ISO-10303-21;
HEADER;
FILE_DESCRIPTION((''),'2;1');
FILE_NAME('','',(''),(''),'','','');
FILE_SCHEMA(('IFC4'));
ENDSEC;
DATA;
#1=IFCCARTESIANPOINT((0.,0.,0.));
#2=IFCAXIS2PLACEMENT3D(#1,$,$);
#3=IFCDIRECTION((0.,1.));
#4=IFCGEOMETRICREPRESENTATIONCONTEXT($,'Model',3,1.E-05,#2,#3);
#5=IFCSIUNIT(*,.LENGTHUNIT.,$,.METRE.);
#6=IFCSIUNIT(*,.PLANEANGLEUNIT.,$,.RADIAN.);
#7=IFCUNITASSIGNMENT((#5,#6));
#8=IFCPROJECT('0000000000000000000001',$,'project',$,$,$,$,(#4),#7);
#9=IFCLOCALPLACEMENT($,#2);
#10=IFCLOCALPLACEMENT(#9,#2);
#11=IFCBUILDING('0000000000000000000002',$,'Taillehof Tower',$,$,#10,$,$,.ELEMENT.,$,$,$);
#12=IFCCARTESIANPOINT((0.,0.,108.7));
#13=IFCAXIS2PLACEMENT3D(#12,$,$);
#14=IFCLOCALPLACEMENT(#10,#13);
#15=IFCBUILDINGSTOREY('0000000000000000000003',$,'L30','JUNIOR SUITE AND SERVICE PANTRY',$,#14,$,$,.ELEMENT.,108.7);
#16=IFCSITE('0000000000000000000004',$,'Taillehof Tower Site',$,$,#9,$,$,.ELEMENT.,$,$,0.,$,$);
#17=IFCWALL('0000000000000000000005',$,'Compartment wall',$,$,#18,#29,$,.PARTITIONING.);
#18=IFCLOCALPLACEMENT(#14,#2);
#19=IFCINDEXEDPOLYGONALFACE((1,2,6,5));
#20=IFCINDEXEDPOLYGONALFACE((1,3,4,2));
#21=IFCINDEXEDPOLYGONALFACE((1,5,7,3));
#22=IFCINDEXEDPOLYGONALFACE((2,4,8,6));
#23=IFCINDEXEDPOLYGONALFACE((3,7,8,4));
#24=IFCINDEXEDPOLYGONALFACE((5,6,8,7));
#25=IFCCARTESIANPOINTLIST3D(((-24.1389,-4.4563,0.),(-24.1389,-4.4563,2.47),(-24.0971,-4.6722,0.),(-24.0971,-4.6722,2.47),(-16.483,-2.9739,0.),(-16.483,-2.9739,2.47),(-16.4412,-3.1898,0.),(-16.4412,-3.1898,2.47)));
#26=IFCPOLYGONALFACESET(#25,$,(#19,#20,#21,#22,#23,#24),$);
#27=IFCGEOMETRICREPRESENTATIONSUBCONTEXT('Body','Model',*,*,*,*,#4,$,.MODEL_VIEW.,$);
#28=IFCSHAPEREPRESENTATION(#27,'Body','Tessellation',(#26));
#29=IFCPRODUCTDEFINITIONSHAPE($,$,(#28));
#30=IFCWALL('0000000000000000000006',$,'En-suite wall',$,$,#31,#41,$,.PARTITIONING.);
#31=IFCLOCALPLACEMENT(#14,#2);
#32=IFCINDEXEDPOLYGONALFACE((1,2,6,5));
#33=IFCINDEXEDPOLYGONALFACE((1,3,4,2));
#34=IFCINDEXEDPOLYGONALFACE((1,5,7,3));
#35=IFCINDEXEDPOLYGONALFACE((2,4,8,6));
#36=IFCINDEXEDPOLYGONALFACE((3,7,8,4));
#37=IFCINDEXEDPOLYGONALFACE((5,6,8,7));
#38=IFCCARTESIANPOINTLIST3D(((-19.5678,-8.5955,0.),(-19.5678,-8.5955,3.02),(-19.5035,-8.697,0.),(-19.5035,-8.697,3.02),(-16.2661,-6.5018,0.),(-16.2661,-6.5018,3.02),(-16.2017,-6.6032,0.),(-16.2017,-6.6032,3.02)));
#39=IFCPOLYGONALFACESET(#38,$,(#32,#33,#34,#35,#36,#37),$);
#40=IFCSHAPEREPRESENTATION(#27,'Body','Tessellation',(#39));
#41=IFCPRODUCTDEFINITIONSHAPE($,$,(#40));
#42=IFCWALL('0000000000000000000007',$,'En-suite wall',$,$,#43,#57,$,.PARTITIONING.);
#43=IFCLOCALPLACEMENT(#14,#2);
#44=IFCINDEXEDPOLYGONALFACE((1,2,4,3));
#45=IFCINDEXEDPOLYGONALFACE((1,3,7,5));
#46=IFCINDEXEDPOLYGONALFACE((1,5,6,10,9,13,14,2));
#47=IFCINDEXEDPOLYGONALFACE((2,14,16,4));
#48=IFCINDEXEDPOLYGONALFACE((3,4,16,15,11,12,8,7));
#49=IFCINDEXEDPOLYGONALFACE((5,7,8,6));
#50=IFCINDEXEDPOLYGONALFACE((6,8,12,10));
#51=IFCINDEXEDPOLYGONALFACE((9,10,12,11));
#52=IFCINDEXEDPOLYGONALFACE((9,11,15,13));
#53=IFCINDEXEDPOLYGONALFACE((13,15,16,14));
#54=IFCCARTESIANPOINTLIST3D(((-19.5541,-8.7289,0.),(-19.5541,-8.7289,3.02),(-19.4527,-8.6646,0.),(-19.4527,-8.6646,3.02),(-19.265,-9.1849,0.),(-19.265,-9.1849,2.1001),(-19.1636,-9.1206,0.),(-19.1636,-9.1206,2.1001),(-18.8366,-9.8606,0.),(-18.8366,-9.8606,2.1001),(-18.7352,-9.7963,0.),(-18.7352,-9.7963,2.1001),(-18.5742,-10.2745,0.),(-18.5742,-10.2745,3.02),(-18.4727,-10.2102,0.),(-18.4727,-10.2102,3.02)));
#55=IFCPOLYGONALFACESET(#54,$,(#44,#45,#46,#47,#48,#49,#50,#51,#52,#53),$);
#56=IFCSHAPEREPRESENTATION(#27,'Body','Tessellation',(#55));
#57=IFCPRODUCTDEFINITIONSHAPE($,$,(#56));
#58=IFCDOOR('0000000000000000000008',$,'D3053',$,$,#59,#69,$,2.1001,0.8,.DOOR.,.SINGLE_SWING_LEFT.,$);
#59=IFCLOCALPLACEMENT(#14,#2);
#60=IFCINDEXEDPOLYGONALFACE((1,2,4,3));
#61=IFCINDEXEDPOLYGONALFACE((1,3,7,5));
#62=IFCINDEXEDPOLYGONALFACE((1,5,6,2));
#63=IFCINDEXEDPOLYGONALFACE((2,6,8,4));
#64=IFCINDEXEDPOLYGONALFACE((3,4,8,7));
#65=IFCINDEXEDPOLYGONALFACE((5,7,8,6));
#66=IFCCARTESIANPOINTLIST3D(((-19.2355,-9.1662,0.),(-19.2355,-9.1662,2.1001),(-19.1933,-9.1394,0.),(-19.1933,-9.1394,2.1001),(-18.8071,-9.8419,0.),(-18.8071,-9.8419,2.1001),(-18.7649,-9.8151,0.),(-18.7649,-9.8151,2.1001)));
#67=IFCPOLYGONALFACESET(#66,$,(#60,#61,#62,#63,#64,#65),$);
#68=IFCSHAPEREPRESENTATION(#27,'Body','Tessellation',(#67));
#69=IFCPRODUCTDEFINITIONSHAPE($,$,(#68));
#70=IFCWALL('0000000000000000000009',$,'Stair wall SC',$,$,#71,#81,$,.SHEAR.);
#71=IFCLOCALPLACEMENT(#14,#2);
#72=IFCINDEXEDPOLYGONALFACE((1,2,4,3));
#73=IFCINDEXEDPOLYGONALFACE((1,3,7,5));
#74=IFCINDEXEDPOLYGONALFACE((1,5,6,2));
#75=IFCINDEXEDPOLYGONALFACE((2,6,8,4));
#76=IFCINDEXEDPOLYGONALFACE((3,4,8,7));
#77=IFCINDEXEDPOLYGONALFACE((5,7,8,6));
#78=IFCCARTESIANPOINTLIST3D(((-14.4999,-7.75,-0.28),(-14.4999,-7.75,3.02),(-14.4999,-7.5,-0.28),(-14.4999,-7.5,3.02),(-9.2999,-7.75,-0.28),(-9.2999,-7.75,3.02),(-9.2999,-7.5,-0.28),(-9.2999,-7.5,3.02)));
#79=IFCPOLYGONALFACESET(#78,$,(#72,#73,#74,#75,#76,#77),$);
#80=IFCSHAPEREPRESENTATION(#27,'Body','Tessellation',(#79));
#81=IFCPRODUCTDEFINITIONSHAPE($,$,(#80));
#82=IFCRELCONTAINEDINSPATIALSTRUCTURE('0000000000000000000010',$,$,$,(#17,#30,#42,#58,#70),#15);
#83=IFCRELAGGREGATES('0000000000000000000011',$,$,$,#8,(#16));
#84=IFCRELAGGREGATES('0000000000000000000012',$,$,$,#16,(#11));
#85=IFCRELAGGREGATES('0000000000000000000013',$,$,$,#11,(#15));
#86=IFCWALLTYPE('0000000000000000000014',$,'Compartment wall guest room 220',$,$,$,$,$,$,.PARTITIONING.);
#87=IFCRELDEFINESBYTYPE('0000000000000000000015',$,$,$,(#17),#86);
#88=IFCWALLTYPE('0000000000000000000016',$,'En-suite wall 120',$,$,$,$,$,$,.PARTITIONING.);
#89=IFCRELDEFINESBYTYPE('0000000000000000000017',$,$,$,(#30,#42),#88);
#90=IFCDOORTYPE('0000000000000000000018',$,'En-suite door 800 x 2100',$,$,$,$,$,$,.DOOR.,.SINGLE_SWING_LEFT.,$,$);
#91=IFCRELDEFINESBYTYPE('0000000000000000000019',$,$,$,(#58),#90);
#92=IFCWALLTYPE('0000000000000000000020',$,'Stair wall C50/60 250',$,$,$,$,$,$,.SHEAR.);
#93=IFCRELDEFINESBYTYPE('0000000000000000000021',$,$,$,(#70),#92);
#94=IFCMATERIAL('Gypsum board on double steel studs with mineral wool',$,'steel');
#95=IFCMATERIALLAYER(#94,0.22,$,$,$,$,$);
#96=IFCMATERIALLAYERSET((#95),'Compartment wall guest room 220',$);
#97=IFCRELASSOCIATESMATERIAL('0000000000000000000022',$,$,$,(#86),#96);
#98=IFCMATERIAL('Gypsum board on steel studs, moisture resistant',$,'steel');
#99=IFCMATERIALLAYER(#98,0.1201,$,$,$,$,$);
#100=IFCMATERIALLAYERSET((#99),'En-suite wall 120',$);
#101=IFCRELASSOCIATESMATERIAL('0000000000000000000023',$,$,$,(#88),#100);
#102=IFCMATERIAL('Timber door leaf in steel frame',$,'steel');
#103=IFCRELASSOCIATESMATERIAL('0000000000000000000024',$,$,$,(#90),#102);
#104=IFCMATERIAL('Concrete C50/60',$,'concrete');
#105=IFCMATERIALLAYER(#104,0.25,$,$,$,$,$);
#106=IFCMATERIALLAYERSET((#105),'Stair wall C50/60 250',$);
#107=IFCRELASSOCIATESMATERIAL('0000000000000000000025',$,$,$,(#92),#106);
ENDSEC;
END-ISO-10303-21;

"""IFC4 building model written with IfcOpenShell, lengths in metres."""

from ifc_helpers import new_model, si_unit, direction, frame, frame_2d, origin, place, context, subcontext, project, spatial, rectangle, extrude, material, layer, layer_set, type_object, element, fill, save


model = new_model("IFC4")

# Units and contexts
model_context = context("Model", 3, precision=1e-05, world=origin(), true_north=direction((0.0, 1.0)))
body_context = subcontext(model_context, "Body", "Model", "MODEL_VIEW")
ifc_project = project(units=[si_unit("LENGTHUNIT", "METRE"), si_unit("PLANEANGLEUNIT", "RADIAN")], contexts=[model_context])

# Site, building, storey
site_placement = place(None, origin())
site = spatial("IfcSite", under=ifc_project, at=site_placement, Name="Taillehof Tower Site", CompositionType="ELEMENT", RefElevation=0.0)
building_placement = place(site_placement, origin())
building = spatial("IfcBuilding", under=site, at=building_placement, Name="Taillehof Tower", CompositionType="ELEMENT")
storey_placement = place(building_placement, frame((0.0, 0.0, 108.7)))
storey = spatial("IfcBuildingStorey", under=building, at=storey_placement, Name="L30", Description="JUNIOR SUITE AND SERVICE PANTRY", CompositionType="ELEMENT", Elevation=108.7)

# Walls
ifc_material_1 = material(Name="Gypsum board on double steel studs with mineral wool", Category="steel")
ifc_layer_1 = layer(ifc_material_1, 0.22)
ifc_layer_set_1 = layer_set([ifc_layer_1], Name="Compartment wall guest room 220")
wall_type_1 = type_object("IfcWallType", Name="Compartment wall guest room 220", PredefinedType="PARTITIONING", material=ifc_layer_set_1)
wall_1_placement = place(storey_placement, frame((-24.1179, -4.5642, 0.0), z_axis=(0.0, 0.0, 1.0), x_axis=(0.981765, 0.190098, 0.0)))
element("IfcWall", 1, at=wall_1_placement, inside=storey, type_object=wall_type_1, Name="Compartment wall", PredefinedType="PARTITIONING", context=body_context, shape_type="SweptSolid", body=[
    extrude(rectangle(XDim=7.7981, YDim=0.22, at=frame_2d((3.8989, 0.0))), origin(), (0.0, 0.0, 1.0), 2.47),
])
ifc_material_2 = material(Name="Gypsum board on steel studs, moisture resistant", Category="steel")
ifc_layer_2 = layer(ifc_material_2, 0.1201)
ifc_layer_set_2 = layer_set([ifc_layer_2], Name="En-suite wall 120")
wall_type_2 = type_object("IfcWallType", Name="En-suite wall 120", PredefinedType="PARTITIONING", material=ifc_layer_set_2)
wall_2_placement = place(storey_placement, frame((-16.2339, -6.5525, 0.0), z_axis=(0.0, 0.0, 1.0), x_axis=(-0.844514, -0.535533, 0.0)))
element("IfcWall", 2, at=wall_2_placement, inside=storey, type_object=wall_type_2, Name="En-suite wall", PredefinedType="PARTITIONING", context=body_context, shape_type="SweptSolid", body=[
    extrude(rectangle(XDim=3.9097, YDim=0.1201, at=frame_2d((1.9548, 0.0))), origin(), (0.0, 0.0, 1.0), 3.02),
])

# Wall, opening, door
wall_3_placement = place(storey_placement, frame((-19.5034, -8.6968, 0.0), z_axis=(0.0, 0.0, 1.0), x_axis=(0.535468, -0.844556, 0.0)))
wall_3 = element("IfcWall", 3, at=wall_3_placement, inside=storey, type_object=wall_type_2, Name="En-suite wall", PredefinedType="PARTITIONING", context=body_context, shape_type="SweptSolid", body=[
    extrude(rectangle(XDim=1.8301, YDim=0.1201, at=frame_2d((0.915, 0.0))), origin(), (0.0, 0.0, 1.0), 3.02),
])
opening_1_placement = place(wall_3_placement, frame((0.54, 0.0, 0.0)))
opening_1 = element("IfcOpeningElement", 4, at=opening_1_placement, cuts=wall_3, PredefinedType="OPENING", context=body_context, shape_type="SweptSolid", body=[
    extrude(rectangle(XDim=0.8, YDim=2.1001, at=frame_2d((0.3999, 1.05))), frame((0.0, 0.0701, 0.0), z_axis=(0.0, -1.0, 0.0), x_axis=(1.0, 0.0, 0.0)), (0.0, 0.0, 1.0), 0.1401),
])
ifc_material_3 = material(Name="Timber door leaf in steel frame", Category="steel")
door_type_1 = type_object("IfcDoorType", Name="En-suite door 800 x 2100", OperationType="SINGLE_SWING_LEFT", PredefinedType="DOOR", material=ifc_material_3)
door_1_placement = place(opening_1_placement, origin())
door_1 = element("IfcDoor", 5, at=door_1_placement, inside=storey, type_object=door_type_1, Name="D3053", OperationType="SINGLE_SWING_LEFT", OverallHeight=2.1001, OverallWidth=0.8, PredefinedType="DOOR", context=body_context, shape_type="SweptSolid", body=[
    extrude(rectangle(XDim=0.8, YDim=2.1001, at=frame_2d((0.3999, 1.05))), frame((0.0, 0.0249, 0.0), z_axis=(0.0, -1.0, 0.0), x_axis=(1.0, 0.0, 0.0)), (0.0, 0.0, 1.0), 0.05),
])
fill(opening_1, door_1)

# Wall
ifc_material_4 = material(Name="Concrete C50/60", Category="concrete")
ifc_layer_3 = layer(ifc_material_4, 0.25)
ifc_layer_set_3 = layer_set([ifc_layer_3], Name="Stair wall C50/60 250")
wall_type_3 = type_object("IfcWallType", Name="Stair wall C50/60 250", PredefinedType="SHEAR", material=ifc_layer_set_3)
wall_4_placement = place(storey_placement, frame((-14.5, -7.625, -0.28), z_axis=(0.0, 0.0, 1.0), x_axis=(1.0, 0.0, 0.0)))
element("IfcWall", 6, at=wall_4_placement, inside=storey, type_object=wall_type_3, Name="Stair wall SC", PredefinedType="SHEAR", context=body_context, shape_type="SweptSolid", body=[
    extrude(rectangle(XDim=5.2, YDim=0.25, at=frame_2d((2.6001, 0.0))), origin(), (0.0, 0.0, 1.0), 3.3),
])

save(model, "model.ifc")
